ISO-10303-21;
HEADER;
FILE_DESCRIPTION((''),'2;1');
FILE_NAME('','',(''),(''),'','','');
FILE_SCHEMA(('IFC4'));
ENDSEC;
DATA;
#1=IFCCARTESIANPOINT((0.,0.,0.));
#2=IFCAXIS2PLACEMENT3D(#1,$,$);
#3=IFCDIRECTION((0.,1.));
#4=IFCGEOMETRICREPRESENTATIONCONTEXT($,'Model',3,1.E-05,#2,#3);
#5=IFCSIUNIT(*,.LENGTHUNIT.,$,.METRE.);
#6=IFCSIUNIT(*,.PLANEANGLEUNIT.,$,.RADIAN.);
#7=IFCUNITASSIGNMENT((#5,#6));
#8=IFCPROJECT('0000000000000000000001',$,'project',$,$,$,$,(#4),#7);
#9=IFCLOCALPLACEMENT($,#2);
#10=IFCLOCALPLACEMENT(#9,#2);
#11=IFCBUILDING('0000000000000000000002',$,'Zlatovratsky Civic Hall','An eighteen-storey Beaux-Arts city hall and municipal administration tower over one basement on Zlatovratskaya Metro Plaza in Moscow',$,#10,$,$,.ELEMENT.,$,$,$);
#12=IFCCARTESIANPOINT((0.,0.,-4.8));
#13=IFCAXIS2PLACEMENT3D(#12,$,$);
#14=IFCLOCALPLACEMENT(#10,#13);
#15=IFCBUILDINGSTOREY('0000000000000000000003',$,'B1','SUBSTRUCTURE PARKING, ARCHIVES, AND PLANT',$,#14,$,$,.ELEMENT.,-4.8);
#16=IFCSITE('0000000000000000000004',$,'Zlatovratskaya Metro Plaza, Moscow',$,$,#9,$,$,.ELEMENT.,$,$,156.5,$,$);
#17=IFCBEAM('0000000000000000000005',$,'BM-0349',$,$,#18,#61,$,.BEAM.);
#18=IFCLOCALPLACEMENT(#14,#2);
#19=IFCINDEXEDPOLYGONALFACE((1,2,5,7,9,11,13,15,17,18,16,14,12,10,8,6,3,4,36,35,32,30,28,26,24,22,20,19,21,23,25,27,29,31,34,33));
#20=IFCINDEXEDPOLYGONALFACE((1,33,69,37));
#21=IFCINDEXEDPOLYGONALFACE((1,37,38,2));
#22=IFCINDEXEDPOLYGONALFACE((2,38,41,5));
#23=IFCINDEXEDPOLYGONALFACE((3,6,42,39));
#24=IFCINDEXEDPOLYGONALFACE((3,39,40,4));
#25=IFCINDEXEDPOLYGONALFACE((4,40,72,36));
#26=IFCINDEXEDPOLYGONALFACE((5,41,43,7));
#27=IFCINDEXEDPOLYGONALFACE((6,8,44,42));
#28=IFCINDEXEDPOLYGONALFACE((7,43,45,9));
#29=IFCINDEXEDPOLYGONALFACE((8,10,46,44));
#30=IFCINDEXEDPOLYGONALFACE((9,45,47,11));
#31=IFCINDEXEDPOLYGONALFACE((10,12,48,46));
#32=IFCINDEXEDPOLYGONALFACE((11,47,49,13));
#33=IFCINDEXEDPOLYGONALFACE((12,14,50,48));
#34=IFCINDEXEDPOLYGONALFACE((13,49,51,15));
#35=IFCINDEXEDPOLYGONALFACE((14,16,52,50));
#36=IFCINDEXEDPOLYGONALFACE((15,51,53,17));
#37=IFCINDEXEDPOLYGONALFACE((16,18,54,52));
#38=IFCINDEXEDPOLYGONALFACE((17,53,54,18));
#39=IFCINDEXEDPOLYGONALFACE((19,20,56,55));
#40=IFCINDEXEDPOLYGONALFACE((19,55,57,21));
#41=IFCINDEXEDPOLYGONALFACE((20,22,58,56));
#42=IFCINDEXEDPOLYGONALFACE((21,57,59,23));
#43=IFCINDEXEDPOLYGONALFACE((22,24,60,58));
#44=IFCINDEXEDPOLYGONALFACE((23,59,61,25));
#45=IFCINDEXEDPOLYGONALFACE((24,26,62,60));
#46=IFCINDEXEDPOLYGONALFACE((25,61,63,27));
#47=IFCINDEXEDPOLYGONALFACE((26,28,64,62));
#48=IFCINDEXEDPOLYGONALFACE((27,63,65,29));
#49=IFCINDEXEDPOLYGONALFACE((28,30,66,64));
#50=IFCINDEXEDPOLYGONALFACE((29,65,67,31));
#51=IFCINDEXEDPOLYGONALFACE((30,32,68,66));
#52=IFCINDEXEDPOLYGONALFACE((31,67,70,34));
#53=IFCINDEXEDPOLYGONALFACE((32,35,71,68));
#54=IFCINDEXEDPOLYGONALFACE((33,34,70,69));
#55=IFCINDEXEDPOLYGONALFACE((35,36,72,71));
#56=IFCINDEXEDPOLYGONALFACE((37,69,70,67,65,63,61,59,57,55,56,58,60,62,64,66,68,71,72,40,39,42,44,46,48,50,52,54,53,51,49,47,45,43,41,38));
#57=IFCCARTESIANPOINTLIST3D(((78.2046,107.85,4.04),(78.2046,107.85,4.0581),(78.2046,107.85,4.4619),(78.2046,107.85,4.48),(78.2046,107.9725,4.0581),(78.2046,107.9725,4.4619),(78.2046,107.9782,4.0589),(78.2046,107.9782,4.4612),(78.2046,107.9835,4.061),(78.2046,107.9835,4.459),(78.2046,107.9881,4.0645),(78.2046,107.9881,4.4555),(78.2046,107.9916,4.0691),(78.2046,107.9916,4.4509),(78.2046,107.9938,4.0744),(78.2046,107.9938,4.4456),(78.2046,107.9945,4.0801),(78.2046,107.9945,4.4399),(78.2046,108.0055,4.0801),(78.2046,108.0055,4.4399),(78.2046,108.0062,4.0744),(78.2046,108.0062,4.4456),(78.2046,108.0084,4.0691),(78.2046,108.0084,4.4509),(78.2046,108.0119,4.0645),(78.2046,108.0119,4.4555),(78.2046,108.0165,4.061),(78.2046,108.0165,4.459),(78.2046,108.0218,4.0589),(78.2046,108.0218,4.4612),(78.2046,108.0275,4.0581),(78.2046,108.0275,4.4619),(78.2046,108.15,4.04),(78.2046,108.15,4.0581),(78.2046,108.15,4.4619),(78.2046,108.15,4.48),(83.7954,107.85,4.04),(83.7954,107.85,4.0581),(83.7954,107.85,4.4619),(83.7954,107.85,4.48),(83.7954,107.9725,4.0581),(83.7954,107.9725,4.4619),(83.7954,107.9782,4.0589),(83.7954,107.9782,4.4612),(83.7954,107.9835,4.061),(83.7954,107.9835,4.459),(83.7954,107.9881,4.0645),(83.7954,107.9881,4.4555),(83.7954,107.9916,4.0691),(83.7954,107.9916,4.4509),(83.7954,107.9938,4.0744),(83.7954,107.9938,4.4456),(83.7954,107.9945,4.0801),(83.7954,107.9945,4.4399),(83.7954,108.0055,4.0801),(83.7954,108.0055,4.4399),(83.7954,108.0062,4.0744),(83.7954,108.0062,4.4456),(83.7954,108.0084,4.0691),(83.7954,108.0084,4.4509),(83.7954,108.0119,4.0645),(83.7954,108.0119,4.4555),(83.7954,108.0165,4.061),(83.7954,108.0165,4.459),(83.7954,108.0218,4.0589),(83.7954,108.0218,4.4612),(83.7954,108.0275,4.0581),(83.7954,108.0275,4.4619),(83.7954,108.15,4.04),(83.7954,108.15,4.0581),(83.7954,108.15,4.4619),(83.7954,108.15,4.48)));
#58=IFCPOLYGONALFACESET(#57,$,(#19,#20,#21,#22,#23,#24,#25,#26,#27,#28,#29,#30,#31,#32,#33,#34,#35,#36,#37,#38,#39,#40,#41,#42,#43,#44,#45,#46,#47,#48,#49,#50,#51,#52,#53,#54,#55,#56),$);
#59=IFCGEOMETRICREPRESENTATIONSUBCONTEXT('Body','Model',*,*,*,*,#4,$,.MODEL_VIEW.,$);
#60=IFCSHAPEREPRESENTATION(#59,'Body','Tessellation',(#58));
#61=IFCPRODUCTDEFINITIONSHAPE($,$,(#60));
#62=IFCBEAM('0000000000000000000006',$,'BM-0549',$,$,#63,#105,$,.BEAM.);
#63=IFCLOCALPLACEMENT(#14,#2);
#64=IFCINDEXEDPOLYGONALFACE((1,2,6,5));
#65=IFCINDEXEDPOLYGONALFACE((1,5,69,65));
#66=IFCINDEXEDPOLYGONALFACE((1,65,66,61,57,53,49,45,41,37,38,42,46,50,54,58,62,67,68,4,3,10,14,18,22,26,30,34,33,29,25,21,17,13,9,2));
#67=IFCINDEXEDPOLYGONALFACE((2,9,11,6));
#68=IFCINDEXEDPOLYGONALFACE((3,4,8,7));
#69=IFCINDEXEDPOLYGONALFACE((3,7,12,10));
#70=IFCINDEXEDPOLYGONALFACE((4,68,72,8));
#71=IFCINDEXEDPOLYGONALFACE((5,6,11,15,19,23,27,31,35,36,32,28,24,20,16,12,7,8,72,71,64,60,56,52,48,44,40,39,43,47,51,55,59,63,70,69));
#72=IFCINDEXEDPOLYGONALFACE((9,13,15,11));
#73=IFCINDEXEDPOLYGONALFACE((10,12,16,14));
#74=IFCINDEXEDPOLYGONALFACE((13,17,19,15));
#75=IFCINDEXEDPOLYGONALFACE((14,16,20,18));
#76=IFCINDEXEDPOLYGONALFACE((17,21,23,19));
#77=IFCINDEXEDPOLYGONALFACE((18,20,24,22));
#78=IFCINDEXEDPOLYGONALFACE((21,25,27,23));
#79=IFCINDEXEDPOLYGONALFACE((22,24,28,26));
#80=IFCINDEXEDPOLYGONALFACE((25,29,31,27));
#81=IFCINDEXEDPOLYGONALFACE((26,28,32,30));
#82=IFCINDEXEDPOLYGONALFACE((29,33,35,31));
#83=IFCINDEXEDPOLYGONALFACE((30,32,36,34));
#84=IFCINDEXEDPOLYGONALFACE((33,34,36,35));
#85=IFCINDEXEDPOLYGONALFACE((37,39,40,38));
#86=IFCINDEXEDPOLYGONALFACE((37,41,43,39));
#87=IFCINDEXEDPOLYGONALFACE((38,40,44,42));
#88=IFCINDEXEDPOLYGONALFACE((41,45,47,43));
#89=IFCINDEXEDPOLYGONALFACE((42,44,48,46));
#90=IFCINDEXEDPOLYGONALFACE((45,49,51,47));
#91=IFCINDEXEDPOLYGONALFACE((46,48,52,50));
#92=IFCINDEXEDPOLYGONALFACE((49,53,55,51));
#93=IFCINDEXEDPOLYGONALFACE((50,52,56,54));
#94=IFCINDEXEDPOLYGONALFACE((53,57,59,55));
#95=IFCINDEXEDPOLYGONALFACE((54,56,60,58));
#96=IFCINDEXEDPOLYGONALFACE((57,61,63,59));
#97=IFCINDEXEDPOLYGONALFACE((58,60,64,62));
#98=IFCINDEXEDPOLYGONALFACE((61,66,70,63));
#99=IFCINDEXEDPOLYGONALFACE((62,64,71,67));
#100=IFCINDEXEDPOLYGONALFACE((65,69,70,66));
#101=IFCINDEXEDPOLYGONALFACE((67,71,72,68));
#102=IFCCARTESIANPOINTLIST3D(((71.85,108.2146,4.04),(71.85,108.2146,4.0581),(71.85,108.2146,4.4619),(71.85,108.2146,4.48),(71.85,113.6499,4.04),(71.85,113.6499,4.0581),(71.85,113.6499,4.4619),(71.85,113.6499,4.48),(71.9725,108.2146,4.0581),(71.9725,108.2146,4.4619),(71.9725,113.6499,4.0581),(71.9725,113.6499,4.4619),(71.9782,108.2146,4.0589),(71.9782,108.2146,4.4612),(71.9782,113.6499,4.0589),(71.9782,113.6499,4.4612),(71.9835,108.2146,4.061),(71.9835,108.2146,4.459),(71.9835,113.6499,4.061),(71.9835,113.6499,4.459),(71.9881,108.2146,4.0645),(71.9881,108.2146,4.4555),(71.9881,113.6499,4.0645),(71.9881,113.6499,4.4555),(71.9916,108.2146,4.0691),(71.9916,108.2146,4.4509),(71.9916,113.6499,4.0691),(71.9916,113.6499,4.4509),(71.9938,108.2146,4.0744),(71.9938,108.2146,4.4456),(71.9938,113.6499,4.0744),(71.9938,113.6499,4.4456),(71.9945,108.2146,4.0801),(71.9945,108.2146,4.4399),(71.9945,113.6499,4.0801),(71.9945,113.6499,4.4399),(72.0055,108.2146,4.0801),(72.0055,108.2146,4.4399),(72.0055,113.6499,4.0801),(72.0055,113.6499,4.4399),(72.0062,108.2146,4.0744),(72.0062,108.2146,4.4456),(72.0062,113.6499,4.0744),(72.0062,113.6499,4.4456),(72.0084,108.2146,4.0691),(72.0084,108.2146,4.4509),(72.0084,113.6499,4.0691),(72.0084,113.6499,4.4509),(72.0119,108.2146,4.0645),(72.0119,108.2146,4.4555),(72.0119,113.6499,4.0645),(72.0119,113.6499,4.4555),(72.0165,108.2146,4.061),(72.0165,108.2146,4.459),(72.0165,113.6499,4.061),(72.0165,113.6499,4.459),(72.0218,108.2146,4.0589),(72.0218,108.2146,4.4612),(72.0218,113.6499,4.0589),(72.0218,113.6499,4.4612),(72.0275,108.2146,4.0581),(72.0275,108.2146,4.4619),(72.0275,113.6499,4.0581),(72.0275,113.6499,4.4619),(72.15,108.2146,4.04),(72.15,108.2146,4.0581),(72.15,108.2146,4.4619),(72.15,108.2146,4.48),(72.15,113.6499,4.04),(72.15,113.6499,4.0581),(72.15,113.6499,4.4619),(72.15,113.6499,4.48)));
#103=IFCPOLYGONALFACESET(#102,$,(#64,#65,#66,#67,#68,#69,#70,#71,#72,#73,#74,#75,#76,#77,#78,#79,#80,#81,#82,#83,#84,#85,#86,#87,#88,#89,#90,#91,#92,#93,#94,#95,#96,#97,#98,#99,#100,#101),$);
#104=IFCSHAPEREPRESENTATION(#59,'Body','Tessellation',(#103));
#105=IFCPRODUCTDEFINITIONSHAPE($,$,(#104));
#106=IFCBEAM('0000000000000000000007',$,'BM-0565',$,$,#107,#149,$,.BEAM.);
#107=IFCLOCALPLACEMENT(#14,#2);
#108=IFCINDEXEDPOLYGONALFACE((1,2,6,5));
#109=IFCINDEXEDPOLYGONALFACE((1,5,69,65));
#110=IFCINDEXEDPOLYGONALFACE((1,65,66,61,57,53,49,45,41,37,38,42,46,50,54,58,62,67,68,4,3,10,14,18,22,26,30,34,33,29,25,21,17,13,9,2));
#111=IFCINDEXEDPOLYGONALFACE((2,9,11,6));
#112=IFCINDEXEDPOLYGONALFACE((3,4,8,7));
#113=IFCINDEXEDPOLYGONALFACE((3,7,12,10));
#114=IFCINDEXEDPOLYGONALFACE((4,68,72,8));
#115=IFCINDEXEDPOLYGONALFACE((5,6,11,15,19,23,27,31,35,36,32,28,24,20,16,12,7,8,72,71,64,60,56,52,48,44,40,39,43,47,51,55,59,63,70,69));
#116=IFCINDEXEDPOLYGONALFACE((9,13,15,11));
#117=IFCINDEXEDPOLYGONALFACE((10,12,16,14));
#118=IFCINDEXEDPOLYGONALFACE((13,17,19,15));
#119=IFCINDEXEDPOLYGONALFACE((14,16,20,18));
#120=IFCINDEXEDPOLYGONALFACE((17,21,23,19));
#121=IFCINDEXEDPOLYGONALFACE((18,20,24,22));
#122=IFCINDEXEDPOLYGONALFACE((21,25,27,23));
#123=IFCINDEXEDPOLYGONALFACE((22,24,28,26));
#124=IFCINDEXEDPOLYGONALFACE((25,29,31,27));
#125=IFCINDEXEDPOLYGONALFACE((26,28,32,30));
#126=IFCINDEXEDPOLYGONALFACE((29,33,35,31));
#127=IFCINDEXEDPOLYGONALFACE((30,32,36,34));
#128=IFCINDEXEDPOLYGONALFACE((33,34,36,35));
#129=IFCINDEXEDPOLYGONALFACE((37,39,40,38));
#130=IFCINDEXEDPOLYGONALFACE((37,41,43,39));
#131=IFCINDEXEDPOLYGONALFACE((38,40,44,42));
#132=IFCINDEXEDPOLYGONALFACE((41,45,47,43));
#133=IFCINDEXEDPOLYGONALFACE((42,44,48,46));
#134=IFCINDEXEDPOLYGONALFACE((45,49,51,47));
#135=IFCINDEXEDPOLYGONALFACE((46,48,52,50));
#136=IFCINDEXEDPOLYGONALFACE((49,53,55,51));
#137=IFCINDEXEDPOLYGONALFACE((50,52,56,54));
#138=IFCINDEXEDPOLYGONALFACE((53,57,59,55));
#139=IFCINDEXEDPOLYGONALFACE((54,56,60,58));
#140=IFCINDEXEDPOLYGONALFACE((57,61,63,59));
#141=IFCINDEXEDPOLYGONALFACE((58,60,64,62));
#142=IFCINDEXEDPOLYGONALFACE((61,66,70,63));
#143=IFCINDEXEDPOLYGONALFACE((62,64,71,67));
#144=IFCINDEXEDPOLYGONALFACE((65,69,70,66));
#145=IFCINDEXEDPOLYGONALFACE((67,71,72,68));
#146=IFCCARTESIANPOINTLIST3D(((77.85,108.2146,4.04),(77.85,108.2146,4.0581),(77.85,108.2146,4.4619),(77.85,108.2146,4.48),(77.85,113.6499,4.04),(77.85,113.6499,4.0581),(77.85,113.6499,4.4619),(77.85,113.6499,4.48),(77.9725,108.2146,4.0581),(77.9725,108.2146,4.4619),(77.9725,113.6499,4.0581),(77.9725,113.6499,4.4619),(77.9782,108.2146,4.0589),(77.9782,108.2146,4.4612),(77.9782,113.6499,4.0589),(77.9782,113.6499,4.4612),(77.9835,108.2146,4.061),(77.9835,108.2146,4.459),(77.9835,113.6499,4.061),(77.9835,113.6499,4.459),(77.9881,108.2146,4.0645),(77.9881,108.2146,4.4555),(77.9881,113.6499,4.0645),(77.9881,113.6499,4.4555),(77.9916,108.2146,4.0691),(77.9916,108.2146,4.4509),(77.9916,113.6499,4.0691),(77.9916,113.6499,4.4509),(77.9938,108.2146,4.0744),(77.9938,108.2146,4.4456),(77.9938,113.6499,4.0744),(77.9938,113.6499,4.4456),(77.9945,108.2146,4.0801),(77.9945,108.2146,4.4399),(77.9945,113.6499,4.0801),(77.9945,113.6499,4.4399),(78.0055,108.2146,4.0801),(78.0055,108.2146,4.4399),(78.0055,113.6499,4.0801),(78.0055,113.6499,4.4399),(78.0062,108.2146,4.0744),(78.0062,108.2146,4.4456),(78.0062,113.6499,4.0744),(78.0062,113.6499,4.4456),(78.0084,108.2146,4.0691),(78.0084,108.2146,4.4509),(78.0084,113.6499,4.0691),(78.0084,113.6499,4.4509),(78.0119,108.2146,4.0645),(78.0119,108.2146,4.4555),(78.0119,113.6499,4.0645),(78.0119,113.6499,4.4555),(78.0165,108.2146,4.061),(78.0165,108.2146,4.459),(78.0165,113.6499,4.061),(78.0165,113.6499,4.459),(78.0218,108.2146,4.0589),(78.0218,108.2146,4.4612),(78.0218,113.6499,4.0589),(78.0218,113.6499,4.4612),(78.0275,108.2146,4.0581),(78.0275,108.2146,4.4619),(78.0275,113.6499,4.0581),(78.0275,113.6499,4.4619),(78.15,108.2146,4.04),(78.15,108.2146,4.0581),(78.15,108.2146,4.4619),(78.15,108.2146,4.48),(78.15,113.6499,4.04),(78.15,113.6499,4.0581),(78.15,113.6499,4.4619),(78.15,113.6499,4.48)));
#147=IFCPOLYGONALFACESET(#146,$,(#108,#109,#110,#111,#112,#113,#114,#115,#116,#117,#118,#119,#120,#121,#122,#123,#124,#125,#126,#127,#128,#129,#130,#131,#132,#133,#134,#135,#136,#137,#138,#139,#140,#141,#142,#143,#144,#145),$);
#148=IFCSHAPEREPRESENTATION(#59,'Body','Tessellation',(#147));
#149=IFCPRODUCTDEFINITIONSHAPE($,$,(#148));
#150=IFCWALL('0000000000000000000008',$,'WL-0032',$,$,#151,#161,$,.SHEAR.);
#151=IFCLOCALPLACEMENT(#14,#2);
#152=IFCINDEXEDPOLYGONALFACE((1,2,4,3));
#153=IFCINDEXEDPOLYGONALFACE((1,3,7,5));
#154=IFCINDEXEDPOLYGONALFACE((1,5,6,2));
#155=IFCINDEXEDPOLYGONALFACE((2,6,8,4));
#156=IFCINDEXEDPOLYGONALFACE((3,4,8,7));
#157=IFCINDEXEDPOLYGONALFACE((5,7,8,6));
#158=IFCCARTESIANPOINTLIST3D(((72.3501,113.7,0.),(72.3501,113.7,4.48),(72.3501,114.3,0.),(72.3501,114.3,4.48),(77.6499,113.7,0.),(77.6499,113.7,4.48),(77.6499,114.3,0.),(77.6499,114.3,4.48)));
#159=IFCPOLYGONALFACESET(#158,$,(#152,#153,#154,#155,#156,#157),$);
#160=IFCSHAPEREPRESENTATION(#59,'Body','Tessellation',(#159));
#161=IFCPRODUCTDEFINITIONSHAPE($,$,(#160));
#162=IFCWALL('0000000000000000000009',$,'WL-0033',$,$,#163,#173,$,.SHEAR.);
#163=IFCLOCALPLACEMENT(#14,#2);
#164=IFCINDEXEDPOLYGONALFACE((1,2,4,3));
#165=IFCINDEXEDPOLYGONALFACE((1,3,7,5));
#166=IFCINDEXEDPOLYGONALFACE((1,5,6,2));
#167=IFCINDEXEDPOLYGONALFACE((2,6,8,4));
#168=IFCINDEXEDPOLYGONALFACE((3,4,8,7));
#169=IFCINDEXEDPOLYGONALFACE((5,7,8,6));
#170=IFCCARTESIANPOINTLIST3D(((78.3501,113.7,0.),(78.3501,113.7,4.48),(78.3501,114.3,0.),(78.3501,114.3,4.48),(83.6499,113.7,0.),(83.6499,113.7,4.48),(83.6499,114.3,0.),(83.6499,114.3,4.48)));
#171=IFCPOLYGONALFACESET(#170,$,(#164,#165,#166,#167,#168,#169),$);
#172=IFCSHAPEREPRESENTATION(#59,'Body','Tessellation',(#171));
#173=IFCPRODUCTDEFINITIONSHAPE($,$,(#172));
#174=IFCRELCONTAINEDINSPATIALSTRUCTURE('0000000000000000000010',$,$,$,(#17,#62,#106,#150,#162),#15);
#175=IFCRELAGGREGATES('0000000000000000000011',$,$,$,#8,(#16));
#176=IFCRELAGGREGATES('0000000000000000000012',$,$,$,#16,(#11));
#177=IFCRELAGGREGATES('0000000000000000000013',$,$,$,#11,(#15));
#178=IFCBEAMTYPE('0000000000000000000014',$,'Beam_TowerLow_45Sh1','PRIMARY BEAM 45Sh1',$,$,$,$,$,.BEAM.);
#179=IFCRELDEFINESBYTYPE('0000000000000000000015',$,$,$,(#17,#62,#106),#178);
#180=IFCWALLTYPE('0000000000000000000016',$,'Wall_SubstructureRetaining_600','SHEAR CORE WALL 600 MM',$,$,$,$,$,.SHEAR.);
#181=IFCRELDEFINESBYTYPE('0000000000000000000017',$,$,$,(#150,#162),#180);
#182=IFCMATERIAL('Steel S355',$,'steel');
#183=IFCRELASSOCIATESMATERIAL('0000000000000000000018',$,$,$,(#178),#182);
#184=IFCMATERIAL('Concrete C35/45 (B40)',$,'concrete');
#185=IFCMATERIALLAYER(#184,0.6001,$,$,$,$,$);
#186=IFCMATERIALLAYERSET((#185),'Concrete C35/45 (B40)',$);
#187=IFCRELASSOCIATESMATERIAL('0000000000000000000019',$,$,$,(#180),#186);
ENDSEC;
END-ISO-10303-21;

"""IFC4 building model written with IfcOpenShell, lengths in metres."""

from ifc_helpers import new_model, si_unit, direction, frame, frame_2d, origin, origin_2d, place, context, subcontext, project, spatial, rectangle, i_section, extrude, material, layer, layer_set, material_profile, profile_set, type_object, element, save


model = new_model("IFC4")

# Units and contexts
model_context = context("Model", 3, precision=1e-05, world=origin(), true_north=direction((0.0, 1.0)))
body_context = subcontext(model_context, "Body", "Model", "MODEL_VIEW")
ifc_project = project(units=[si_unit("LENGTHUNIT", "METRE"), si_unit("PLANEANGLEUNIT", "RADIAN")], contexts=[model_context])

# Site, building, storey
site_placement = place(None, origin())
site = spatial("IfcSite", under=ifc_project, at=site_placement, Name="Zlatovratskaya Metro Plaza, Moscow", CompositionType="ELEMENT", RefElevation=156.5)
building_placement = place(site_placement, origin())
building = spatial("IfcBuilding", under=site, at=building_placement, Name="Zlatovratsky Civic Hall", Description="An eighteen-storey Beaux-Arts city hall and municipal administration tower over one basement on Zlatovratskaya Metro Plaza in Moscow", CompositionType="ELEMENT")
storey_placement = place(building_placement, frame((0.0, 0.0, -4.8)))
storey = spatial("IfcBuildingStorey", under=building, at=storey_placement, Name="B1", Description="SUBSTRUCTURE PARKING, ARCHIVES, AND PLANT", CompositionType="ELEMENT", Elevation=-4.8)

# Shared definitions
ifc_material_1 = material(Name="Concrete C35/45 (B40)", Category="concrete")
ifc_material_2 = material(Name="Steel S355", Category="steel")

# Beams
ifc_material_profile_1 = material_profile(ifc_material_2, i_section(OverallWidth=0.3, OverallDepth=0.4399, WebThickness=0.011, FlangeThickness=0.0181, FilletRadius=0.022, at=origin_2d()), Name="45Sh1")
ifc_profile_set_1 = profile_set([ifc_material_profile_1], Name="Steel S355")
beam_type_1 = type_object("IfcBeamType", Name="Beam_TowerLow_45Sh1", Description="PRIMARY BEAM 45Sh1", PredefinedType="BEAM", material=ifc_profile_set_1)
for number, where, z_axis, x_axis, name in (
    (1, (78.2046, 108.0, 4.26), (1.0, 0.0, 0.0), (0.0, 1.0, 0.0), "BM-0349"),
):
    element("IfcBeam", number, at=place(storey_placement, frame(where, z_axis=z_axis, x_axis=x_axis)), inside=storey, type_object=beam_type_1, Name=name, PredefinedType="BEAM", context=body_context, shape_type="SweptSolid", body=[
        extrude(i_section(OverallWidth=0.3, OverallDepth=0.4399, WebThickness=0.011, FlangeThickness=0.0181, FilletRadius=0.022, at=origin_2d()), origin(), (0.0, 0.0, 1.0), 5.5908),
    ])
for number, where, z_axis, x_axis, name in (
    (2, (72.0, 108.2146, 4.26), (0.0, 1.0, 0.0), (-1.0, 0.0, 0.0), "BM-0549"),
    (3, (78.0, 108.2146, 4.26), (0.0, 1.0, 0.0), (-1.0, 0.0, 0.0), "BM-0565"),
):
    element("IfcBeam", number, at=place(storey_placement, frame(where, z_axis=z_axis, x_axis=x_axis)), inside=storey, type_object=beam_type_1, Name=name, PredefinedType="BEAM", context=body_context, shape_type="SweptSolid", body=[
        extrude(i_section(OverallWidth=0.3, OverallDepth=0.4399, WebThickness=0.011, FlangeThickness=0.0181, FilletRadius=0.022, at=origin_2d()), origin(), (0.0, 0.0, 1.0), 5.4353),
    ])

# Walls
ifc_layer = layer(ifc_material_1, 0.6001)
ifc_layer_set = layer_set([ifc_layer], Name="Concrete C35/45 (B40)")
wall_type = type_object("IfcWallType", Name="Wall_SubstructureRetaining_600", Description="SHEAR CORE WALL 600 MM", PredefinedType="SHEAR", material=ifc_layer_set)
for number, where, z_axis, x_axis, name in (
    (4, (72.3501, 114.0, 0.0), (0.0, 0.0, 1.0), (1.0, 0.0, 0.0), "WL-0032"),
    (5, (78.3501, 114.0, 0.0), (0.0, 0.0, 1.0), (1.0, 0.0, 0.0), "WL-0033"),
):
    element("IfcWall", number, at=place(storey_placement, frame(where, z_axis=z_axis, x_axis=x_axis)), inside=storey, type_object=wall_type, Name=name, PredefinedType="SHEAR", context=body_context, shape_type="SweptSolid", body=[
        extrude(rectangle(XDim=5.2998, YDim=0.6001, at=frame_2d((2.6499, 0.0))), origin(), (0.0, 0.0, 1.0), 4.48),
    ])

save(model, "model.ifc")
